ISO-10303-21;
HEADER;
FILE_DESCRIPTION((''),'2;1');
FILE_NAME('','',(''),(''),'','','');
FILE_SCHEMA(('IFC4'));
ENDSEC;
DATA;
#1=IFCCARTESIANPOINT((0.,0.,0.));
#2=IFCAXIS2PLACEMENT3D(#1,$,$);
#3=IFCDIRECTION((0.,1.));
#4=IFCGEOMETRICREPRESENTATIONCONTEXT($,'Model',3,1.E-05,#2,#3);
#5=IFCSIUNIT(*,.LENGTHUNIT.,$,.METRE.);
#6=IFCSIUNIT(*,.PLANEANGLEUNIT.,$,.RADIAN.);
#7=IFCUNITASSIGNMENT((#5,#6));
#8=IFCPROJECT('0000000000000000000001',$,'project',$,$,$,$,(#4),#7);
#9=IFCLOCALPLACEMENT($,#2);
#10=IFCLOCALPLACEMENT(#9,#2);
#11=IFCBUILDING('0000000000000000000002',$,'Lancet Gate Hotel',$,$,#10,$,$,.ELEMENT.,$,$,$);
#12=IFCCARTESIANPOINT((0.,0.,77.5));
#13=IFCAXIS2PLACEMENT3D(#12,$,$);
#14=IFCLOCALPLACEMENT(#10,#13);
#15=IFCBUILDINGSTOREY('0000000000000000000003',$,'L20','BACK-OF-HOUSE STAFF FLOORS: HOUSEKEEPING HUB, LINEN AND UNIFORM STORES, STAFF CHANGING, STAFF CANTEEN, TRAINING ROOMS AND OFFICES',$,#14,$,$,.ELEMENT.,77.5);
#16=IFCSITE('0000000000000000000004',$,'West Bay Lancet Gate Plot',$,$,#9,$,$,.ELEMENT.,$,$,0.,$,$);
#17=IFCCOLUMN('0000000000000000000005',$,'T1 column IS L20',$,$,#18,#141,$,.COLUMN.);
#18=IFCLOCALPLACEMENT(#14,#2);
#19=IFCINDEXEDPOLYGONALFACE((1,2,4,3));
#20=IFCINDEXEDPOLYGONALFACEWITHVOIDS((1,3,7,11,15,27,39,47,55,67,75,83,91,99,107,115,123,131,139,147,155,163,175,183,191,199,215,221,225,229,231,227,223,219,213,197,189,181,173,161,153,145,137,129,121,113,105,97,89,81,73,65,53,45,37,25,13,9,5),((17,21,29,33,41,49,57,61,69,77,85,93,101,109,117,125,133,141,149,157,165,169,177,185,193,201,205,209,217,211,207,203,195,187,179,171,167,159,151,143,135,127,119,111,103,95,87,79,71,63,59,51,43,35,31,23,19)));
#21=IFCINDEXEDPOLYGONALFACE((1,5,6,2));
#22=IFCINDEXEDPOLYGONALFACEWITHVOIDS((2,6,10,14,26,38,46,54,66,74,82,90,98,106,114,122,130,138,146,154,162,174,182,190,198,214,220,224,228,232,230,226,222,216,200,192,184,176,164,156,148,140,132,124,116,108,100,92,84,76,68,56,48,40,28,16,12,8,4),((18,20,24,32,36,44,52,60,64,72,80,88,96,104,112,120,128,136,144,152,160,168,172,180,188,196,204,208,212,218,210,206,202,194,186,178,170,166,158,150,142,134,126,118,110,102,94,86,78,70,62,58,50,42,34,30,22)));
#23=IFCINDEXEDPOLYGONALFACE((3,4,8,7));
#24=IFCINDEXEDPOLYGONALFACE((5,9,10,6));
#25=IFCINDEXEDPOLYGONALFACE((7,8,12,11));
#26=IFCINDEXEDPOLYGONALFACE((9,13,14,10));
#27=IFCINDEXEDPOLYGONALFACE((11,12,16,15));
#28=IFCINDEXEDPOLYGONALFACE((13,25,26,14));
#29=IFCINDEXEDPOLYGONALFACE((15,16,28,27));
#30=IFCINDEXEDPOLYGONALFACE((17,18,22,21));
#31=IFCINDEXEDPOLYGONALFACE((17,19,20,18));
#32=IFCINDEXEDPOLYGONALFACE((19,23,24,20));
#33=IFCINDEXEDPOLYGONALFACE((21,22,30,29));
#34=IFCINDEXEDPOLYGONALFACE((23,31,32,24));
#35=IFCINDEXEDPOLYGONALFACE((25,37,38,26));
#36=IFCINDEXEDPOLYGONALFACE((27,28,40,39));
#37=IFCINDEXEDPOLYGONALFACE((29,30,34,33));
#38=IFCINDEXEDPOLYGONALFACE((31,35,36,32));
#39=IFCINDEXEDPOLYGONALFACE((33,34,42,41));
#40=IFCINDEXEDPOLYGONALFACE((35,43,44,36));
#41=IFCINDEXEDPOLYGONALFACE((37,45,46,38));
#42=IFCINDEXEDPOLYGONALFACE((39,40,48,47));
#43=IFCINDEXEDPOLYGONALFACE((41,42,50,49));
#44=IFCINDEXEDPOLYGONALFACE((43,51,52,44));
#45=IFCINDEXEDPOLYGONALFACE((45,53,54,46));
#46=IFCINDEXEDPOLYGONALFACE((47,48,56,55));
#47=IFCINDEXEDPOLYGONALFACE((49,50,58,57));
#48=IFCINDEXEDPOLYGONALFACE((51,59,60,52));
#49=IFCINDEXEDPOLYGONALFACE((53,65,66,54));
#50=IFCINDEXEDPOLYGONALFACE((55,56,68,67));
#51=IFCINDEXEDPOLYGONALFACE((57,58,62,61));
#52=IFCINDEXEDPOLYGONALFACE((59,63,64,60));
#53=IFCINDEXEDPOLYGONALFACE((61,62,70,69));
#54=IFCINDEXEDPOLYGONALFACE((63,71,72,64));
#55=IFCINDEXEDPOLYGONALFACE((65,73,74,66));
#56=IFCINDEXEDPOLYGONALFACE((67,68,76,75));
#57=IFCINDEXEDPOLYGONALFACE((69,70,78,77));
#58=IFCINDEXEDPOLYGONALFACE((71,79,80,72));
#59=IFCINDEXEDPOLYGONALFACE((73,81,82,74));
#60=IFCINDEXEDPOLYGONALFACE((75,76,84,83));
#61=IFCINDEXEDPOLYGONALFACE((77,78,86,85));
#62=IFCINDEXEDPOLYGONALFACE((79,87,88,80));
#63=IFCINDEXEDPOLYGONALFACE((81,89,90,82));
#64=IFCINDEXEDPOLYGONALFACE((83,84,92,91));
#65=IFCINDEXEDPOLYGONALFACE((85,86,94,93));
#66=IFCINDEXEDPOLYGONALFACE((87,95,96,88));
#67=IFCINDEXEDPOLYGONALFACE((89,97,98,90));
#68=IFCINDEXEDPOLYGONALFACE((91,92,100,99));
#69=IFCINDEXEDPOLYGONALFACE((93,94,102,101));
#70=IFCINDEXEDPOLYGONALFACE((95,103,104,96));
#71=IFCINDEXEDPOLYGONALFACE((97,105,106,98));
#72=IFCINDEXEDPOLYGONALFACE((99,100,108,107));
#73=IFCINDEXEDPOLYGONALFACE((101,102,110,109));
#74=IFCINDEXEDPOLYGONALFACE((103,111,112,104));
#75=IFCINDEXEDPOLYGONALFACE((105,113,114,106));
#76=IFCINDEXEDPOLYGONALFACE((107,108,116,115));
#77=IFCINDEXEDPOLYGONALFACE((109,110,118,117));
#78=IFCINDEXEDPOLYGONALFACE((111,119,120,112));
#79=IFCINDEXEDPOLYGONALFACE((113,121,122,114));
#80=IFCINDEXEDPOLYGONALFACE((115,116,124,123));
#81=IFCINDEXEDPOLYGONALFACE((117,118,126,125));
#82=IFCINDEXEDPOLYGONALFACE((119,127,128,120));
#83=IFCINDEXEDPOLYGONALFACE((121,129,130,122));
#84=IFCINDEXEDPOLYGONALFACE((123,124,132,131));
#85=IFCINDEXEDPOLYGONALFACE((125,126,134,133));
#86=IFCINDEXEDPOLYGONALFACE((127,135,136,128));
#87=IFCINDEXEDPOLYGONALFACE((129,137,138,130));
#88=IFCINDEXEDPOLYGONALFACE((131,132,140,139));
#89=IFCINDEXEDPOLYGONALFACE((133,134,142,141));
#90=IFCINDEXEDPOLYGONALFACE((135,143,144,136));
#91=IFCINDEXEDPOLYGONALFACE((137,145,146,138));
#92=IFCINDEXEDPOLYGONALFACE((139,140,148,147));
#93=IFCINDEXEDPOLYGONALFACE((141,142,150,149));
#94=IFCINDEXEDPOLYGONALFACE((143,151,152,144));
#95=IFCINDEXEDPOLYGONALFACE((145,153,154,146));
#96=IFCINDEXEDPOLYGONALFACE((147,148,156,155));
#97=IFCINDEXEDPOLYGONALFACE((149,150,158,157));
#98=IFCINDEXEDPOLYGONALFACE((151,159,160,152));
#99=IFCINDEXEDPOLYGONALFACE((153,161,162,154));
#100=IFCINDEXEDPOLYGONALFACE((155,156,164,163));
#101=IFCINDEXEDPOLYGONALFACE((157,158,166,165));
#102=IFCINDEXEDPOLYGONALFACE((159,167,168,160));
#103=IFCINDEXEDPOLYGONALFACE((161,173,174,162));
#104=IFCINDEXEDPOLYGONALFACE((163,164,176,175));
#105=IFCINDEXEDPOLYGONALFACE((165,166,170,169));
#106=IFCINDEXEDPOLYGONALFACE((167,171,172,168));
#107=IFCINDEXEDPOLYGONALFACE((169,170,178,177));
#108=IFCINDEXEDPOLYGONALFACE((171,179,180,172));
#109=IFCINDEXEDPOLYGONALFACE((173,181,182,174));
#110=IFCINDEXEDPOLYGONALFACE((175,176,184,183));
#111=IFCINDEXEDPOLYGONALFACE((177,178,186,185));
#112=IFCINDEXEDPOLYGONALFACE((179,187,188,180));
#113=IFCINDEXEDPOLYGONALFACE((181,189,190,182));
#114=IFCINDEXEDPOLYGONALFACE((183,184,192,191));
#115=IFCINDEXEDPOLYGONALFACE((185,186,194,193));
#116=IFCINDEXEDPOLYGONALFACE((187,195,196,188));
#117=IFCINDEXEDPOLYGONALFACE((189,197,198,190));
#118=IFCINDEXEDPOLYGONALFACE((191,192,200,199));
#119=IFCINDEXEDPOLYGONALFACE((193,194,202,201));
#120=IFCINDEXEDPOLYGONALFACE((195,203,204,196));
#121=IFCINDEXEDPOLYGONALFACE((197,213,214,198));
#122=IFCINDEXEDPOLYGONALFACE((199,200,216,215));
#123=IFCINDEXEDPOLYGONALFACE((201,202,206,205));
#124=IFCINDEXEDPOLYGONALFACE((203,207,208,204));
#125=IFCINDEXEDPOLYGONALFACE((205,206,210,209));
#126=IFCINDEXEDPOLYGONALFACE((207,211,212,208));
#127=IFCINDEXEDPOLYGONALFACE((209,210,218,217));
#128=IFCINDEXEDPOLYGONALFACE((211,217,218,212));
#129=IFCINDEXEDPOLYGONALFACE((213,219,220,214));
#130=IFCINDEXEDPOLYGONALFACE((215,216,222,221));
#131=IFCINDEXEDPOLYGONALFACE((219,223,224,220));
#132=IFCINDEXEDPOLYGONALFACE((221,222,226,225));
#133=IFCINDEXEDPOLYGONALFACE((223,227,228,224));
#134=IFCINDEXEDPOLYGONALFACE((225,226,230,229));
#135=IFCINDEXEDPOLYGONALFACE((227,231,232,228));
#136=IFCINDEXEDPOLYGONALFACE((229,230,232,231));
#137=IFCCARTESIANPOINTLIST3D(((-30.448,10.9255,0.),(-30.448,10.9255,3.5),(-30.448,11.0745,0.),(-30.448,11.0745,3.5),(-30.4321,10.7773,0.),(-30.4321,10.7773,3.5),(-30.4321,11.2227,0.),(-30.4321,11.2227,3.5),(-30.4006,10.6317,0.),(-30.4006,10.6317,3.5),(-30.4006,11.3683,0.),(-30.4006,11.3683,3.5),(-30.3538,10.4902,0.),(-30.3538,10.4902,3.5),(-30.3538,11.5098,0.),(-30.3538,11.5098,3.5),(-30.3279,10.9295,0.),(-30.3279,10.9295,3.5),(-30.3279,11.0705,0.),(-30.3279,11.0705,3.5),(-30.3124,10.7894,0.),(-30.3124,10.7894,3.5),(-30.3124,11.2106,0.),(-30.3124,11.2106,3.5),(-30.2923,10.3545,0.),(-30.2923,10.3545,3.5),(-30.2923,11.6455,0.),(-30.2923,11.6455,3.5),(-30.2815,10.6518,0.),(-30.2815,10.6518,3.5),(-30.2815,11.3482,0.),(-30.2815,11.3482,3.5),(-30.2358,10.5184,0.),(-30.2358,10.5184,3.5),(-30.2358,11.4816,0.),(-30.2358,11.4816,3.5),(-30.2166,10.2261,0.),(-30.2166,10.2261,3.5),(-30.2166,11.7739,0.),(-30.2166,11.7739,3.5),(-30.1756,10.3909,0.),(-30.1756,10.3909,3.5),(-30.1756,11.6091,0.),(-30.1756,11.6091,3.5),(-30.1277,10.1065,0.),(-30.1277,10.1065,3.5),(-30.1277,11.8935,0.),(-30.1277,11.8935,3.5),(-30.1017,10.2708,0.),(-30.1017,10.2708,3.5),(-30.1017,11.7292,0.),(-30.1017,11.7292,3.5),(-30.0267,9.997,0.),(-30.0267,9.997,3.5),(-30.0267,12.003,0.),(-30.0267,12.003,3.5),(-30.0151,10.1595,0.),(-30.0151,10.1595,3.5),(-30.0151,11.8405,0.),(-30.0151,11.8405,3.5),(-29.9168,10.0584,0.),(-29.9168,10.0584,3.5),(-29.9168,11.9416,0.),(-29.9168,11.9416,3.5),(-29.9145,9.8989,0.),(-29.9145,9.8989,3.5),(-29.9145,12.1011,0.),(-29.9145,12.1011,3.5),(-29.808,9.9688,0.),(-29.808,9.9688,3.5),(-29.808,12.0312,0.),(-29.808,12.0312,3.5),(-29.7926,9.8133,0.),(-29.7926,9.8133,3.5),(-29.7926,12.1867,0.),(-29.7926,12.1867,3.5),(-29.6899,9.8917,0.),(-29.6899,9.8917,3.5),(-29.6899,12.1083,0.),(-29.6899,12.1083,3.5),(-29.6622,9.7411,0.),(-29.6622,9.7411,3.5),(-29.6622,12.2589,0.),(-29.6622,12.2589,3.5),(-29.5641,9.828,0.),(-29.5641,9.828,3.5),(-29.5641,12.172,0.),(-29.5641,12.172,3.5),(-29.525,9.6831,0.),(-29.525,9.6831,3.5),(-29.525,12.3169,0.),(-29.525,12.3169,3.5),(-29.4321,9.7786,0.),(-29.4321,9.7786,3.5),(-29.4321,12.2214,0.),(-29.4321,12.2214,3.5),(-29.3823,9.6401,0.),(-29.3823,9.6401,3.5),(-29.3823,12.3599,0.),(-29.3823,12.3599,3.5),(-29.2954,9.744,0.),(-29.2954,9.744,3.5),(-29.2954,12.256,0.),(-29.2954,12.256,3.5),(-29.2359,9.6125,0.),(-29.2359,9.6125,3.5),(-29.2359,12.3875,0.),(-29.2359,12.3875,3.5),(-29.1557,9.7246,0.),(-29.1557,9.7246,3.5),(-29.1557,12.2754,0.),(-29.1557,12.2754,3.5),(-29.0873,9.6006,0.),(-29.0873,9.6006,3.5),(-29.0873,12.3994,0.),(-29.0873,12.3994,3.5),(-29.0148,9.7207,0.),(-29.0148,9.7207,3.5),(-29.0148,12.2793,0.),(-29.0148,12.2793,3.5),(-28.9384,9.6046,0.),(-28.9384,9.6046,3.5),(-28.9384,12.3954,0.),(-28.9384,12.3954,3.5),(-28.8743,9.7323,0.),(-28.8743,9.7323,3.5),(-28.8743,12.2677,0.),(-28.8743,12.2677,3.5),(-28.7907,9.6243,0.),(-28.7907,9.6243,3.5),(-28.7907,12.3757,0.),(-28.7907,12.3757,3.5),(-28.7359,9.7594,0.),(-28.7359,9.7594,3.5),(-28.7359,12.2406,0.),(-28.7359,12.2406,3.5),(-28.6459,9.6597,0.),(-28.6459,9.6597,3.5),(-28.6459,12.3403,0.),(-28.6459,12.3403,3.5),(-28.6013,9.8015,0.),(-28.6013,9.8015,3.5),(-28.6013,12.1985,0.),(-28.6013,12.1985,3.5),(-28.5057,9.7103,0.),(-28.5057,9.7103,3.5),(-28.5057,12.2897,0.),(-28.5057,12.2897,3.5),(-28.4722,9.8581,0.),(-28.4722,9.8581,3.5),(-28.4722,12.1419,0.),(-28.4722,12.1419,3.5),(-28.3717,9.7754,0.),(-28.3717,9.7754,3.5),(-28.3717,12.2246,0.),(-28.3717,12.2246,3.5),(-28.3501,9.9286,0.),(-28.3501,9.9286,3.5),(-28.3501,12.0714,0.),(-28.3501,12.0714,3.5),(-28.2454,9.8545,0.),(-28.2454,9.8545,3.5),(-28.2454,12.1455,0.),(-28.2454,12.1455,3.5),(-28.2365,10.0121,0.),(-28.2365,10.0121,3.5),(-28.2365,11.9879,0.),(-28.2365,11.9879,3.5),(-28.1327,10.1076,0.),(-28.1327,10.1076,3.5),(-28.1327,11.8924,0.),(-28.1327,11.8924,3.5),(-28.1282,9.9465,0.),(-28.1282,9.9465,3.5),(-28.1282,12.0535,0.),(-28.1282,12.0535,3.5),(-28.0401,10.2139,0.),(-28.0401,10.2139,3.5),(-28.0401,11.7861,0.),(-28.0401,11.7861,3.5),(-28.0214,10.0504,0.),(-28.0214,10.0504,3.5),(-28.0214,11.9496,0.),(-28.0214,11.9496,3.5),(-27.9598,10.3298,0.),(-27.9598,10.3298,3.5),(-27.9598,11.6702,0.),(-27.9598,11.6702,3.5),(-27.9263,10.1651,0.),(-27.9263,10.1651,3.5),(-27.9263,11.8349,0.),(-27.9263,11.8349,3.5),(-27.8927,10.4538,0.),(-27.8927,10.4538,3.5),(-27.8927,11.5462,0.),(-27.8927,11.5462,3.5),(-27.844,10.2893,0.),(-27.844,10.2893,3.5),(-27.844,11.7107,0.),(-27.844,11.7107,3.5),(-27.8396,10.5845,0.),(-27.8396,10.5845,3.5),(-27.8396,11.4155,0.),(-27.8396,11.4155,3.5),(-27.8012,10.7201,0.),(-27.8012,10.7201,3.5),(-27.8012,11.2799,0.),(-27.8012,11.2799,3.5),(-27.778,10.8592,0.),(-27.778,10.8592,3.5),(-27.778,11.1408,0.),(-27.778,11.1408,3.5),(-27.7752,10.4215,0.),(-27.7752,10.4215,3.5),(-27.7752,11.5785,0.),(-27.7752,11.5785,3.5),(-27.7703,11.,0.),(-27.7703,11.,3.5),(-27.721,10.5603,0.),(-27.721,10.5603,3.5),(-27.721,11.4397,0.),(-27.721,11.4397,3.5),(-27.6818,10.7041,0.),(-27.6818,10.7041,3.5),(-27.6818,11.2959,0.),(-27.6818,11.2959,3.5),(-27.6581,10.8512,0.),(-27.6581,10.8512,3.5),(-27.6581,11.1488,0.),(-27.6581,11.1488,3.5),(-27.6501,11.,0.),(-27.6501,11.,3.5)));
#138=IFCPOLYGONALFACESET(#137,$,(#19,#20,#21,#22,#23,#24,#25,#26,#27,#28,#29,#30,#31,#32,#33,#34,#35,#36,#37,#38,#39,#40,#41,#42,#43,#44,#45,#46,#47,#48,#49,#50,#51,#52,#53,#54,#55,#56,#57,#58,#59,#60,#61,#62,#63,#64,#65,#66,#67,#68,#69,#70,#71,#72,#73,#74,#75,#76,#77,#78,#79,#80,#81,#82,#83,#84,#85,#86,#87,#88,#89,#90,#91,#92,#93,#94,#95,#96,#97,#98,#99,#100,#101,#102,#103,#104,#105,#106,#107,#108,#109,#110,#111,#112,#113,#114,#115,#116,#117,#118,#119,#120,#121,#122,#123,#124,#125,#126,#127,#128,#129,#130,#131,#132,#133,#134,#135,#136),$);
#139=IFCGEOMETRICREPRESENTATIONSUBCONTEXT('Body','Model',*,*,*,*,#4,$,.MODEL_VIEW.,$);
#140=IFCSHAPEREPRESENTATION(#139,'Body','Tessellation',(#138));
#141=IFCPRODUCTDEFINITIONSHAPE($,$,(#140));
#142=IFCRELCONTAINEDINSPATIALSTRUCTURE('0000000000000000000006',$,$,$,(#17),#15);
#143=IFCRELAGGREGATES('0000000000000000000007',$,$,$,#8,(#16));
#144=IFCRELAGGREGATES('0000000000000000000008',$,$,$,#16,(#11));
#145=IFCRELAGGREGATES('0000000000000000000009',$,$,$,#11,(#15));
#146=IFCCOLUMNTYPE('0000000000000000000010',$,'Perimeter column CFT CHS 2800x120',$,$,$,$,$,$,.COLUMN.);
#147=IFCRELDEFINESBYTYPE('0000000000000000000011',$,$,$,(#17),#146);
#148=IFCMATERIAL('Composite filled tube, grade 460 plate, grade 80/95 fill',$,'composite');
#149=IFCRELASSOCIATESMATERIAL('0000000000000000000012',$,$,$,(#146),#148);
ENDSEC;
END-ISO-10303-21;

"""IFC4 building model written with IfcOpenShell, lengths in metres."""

from ifc_helpers import new_model, si_unit, direction, frame, origin, origin_2d, place, context, subcontext, project, spatial, hollow_circle, extrude, material, material_profile, profile_set, type_object, element, save


model = new_model("IFC4")

# Units and contexts
model_context = context("Model", 3, precision=1e-05, world=origin(), true_north=direction((0.0, 1.0)))
body_context = subcontext(model_context, "Body", "Model", "MODEL_VIEW")
ifc_project = project(units=[si_unit("LENGTHUNIT", "METRE"), si_unit("PLANEANGLEUNIT", "RADIAN")], contexts=[model_context])

# Site, building, storey
site_placement = place(None, origin())
site = spatial("IfcSite", under=ifc_project, at=site_placement, Name="West Bay Lancet Gate Plot", CompositionType="ELEMENT", RefElevation=0.0)
building_placement = place(site_placement, origin())
building = spatial("IfcBuilding", under=site, at=building_placement, Name="Lancet Gate Hotel", CompositionType="ELEMENT")
storey_placement = place(building_placement, frame((0.0, 0.0, 77.5)))
storey = spatial("IfcBuildingStorey", under=building, at=storey_placement, Name="L20", Description="BACK-OF-HOUSE STAFF FLOORS: HOUSEKEEPING HUB, LINEN AND UNIFORM STORES, STAFF CHANGING, STAFF CANTEEN, TRAINING ROOMS AND OFFICES", CompositionType="ELEMENT", Elevation=77.5)

# Column
ifc_material_1 = material(Name="Composite filled tube, grade 460 plate, grade 80/95 fill", Category="composite")
ifc_material_profile_1 = material_profile(ifc_material_1, hollow_circle(Radius=1.3999, WallThickness=0.1201, at=origin_2d()), Name="CHS 2800x120")
ifc_profile_set_1 = profile_set([ifc_material_profile_1], Name="Composite filled tube, grade 460 plate, grade 80/95 fill")
column_type = type_object("IfcColumnType", Name="Perimeter column CFT CHS 2800x120", PredefinedType="COLUMN", material=ifc_profile_set_1)
for number, where, z_axis, x_axis, name in (
    (1, (-29.05, 11.0, 0.0), (0.0, 0.0, 1.0), (1.0, 0.0, 0.0), "T1 column IS L20"),
):
    element("IfcColumn", number, at=place(storey_placement, frame(where, z_axis=z_axis, x_axis=x_axis)), inside=storey, type_object=column_type, Name=name, PredefinedType="COLUMN", context=body_context, shape_type="SweptSolid", body=[
        extrude(hollow_circle(Radius=1.3999, WallThickness=0.1201, at=origin_2d()), origin(), (0.0, 0.0, 1.0), 3.5),
    ])

save(model, "model.ifc")
